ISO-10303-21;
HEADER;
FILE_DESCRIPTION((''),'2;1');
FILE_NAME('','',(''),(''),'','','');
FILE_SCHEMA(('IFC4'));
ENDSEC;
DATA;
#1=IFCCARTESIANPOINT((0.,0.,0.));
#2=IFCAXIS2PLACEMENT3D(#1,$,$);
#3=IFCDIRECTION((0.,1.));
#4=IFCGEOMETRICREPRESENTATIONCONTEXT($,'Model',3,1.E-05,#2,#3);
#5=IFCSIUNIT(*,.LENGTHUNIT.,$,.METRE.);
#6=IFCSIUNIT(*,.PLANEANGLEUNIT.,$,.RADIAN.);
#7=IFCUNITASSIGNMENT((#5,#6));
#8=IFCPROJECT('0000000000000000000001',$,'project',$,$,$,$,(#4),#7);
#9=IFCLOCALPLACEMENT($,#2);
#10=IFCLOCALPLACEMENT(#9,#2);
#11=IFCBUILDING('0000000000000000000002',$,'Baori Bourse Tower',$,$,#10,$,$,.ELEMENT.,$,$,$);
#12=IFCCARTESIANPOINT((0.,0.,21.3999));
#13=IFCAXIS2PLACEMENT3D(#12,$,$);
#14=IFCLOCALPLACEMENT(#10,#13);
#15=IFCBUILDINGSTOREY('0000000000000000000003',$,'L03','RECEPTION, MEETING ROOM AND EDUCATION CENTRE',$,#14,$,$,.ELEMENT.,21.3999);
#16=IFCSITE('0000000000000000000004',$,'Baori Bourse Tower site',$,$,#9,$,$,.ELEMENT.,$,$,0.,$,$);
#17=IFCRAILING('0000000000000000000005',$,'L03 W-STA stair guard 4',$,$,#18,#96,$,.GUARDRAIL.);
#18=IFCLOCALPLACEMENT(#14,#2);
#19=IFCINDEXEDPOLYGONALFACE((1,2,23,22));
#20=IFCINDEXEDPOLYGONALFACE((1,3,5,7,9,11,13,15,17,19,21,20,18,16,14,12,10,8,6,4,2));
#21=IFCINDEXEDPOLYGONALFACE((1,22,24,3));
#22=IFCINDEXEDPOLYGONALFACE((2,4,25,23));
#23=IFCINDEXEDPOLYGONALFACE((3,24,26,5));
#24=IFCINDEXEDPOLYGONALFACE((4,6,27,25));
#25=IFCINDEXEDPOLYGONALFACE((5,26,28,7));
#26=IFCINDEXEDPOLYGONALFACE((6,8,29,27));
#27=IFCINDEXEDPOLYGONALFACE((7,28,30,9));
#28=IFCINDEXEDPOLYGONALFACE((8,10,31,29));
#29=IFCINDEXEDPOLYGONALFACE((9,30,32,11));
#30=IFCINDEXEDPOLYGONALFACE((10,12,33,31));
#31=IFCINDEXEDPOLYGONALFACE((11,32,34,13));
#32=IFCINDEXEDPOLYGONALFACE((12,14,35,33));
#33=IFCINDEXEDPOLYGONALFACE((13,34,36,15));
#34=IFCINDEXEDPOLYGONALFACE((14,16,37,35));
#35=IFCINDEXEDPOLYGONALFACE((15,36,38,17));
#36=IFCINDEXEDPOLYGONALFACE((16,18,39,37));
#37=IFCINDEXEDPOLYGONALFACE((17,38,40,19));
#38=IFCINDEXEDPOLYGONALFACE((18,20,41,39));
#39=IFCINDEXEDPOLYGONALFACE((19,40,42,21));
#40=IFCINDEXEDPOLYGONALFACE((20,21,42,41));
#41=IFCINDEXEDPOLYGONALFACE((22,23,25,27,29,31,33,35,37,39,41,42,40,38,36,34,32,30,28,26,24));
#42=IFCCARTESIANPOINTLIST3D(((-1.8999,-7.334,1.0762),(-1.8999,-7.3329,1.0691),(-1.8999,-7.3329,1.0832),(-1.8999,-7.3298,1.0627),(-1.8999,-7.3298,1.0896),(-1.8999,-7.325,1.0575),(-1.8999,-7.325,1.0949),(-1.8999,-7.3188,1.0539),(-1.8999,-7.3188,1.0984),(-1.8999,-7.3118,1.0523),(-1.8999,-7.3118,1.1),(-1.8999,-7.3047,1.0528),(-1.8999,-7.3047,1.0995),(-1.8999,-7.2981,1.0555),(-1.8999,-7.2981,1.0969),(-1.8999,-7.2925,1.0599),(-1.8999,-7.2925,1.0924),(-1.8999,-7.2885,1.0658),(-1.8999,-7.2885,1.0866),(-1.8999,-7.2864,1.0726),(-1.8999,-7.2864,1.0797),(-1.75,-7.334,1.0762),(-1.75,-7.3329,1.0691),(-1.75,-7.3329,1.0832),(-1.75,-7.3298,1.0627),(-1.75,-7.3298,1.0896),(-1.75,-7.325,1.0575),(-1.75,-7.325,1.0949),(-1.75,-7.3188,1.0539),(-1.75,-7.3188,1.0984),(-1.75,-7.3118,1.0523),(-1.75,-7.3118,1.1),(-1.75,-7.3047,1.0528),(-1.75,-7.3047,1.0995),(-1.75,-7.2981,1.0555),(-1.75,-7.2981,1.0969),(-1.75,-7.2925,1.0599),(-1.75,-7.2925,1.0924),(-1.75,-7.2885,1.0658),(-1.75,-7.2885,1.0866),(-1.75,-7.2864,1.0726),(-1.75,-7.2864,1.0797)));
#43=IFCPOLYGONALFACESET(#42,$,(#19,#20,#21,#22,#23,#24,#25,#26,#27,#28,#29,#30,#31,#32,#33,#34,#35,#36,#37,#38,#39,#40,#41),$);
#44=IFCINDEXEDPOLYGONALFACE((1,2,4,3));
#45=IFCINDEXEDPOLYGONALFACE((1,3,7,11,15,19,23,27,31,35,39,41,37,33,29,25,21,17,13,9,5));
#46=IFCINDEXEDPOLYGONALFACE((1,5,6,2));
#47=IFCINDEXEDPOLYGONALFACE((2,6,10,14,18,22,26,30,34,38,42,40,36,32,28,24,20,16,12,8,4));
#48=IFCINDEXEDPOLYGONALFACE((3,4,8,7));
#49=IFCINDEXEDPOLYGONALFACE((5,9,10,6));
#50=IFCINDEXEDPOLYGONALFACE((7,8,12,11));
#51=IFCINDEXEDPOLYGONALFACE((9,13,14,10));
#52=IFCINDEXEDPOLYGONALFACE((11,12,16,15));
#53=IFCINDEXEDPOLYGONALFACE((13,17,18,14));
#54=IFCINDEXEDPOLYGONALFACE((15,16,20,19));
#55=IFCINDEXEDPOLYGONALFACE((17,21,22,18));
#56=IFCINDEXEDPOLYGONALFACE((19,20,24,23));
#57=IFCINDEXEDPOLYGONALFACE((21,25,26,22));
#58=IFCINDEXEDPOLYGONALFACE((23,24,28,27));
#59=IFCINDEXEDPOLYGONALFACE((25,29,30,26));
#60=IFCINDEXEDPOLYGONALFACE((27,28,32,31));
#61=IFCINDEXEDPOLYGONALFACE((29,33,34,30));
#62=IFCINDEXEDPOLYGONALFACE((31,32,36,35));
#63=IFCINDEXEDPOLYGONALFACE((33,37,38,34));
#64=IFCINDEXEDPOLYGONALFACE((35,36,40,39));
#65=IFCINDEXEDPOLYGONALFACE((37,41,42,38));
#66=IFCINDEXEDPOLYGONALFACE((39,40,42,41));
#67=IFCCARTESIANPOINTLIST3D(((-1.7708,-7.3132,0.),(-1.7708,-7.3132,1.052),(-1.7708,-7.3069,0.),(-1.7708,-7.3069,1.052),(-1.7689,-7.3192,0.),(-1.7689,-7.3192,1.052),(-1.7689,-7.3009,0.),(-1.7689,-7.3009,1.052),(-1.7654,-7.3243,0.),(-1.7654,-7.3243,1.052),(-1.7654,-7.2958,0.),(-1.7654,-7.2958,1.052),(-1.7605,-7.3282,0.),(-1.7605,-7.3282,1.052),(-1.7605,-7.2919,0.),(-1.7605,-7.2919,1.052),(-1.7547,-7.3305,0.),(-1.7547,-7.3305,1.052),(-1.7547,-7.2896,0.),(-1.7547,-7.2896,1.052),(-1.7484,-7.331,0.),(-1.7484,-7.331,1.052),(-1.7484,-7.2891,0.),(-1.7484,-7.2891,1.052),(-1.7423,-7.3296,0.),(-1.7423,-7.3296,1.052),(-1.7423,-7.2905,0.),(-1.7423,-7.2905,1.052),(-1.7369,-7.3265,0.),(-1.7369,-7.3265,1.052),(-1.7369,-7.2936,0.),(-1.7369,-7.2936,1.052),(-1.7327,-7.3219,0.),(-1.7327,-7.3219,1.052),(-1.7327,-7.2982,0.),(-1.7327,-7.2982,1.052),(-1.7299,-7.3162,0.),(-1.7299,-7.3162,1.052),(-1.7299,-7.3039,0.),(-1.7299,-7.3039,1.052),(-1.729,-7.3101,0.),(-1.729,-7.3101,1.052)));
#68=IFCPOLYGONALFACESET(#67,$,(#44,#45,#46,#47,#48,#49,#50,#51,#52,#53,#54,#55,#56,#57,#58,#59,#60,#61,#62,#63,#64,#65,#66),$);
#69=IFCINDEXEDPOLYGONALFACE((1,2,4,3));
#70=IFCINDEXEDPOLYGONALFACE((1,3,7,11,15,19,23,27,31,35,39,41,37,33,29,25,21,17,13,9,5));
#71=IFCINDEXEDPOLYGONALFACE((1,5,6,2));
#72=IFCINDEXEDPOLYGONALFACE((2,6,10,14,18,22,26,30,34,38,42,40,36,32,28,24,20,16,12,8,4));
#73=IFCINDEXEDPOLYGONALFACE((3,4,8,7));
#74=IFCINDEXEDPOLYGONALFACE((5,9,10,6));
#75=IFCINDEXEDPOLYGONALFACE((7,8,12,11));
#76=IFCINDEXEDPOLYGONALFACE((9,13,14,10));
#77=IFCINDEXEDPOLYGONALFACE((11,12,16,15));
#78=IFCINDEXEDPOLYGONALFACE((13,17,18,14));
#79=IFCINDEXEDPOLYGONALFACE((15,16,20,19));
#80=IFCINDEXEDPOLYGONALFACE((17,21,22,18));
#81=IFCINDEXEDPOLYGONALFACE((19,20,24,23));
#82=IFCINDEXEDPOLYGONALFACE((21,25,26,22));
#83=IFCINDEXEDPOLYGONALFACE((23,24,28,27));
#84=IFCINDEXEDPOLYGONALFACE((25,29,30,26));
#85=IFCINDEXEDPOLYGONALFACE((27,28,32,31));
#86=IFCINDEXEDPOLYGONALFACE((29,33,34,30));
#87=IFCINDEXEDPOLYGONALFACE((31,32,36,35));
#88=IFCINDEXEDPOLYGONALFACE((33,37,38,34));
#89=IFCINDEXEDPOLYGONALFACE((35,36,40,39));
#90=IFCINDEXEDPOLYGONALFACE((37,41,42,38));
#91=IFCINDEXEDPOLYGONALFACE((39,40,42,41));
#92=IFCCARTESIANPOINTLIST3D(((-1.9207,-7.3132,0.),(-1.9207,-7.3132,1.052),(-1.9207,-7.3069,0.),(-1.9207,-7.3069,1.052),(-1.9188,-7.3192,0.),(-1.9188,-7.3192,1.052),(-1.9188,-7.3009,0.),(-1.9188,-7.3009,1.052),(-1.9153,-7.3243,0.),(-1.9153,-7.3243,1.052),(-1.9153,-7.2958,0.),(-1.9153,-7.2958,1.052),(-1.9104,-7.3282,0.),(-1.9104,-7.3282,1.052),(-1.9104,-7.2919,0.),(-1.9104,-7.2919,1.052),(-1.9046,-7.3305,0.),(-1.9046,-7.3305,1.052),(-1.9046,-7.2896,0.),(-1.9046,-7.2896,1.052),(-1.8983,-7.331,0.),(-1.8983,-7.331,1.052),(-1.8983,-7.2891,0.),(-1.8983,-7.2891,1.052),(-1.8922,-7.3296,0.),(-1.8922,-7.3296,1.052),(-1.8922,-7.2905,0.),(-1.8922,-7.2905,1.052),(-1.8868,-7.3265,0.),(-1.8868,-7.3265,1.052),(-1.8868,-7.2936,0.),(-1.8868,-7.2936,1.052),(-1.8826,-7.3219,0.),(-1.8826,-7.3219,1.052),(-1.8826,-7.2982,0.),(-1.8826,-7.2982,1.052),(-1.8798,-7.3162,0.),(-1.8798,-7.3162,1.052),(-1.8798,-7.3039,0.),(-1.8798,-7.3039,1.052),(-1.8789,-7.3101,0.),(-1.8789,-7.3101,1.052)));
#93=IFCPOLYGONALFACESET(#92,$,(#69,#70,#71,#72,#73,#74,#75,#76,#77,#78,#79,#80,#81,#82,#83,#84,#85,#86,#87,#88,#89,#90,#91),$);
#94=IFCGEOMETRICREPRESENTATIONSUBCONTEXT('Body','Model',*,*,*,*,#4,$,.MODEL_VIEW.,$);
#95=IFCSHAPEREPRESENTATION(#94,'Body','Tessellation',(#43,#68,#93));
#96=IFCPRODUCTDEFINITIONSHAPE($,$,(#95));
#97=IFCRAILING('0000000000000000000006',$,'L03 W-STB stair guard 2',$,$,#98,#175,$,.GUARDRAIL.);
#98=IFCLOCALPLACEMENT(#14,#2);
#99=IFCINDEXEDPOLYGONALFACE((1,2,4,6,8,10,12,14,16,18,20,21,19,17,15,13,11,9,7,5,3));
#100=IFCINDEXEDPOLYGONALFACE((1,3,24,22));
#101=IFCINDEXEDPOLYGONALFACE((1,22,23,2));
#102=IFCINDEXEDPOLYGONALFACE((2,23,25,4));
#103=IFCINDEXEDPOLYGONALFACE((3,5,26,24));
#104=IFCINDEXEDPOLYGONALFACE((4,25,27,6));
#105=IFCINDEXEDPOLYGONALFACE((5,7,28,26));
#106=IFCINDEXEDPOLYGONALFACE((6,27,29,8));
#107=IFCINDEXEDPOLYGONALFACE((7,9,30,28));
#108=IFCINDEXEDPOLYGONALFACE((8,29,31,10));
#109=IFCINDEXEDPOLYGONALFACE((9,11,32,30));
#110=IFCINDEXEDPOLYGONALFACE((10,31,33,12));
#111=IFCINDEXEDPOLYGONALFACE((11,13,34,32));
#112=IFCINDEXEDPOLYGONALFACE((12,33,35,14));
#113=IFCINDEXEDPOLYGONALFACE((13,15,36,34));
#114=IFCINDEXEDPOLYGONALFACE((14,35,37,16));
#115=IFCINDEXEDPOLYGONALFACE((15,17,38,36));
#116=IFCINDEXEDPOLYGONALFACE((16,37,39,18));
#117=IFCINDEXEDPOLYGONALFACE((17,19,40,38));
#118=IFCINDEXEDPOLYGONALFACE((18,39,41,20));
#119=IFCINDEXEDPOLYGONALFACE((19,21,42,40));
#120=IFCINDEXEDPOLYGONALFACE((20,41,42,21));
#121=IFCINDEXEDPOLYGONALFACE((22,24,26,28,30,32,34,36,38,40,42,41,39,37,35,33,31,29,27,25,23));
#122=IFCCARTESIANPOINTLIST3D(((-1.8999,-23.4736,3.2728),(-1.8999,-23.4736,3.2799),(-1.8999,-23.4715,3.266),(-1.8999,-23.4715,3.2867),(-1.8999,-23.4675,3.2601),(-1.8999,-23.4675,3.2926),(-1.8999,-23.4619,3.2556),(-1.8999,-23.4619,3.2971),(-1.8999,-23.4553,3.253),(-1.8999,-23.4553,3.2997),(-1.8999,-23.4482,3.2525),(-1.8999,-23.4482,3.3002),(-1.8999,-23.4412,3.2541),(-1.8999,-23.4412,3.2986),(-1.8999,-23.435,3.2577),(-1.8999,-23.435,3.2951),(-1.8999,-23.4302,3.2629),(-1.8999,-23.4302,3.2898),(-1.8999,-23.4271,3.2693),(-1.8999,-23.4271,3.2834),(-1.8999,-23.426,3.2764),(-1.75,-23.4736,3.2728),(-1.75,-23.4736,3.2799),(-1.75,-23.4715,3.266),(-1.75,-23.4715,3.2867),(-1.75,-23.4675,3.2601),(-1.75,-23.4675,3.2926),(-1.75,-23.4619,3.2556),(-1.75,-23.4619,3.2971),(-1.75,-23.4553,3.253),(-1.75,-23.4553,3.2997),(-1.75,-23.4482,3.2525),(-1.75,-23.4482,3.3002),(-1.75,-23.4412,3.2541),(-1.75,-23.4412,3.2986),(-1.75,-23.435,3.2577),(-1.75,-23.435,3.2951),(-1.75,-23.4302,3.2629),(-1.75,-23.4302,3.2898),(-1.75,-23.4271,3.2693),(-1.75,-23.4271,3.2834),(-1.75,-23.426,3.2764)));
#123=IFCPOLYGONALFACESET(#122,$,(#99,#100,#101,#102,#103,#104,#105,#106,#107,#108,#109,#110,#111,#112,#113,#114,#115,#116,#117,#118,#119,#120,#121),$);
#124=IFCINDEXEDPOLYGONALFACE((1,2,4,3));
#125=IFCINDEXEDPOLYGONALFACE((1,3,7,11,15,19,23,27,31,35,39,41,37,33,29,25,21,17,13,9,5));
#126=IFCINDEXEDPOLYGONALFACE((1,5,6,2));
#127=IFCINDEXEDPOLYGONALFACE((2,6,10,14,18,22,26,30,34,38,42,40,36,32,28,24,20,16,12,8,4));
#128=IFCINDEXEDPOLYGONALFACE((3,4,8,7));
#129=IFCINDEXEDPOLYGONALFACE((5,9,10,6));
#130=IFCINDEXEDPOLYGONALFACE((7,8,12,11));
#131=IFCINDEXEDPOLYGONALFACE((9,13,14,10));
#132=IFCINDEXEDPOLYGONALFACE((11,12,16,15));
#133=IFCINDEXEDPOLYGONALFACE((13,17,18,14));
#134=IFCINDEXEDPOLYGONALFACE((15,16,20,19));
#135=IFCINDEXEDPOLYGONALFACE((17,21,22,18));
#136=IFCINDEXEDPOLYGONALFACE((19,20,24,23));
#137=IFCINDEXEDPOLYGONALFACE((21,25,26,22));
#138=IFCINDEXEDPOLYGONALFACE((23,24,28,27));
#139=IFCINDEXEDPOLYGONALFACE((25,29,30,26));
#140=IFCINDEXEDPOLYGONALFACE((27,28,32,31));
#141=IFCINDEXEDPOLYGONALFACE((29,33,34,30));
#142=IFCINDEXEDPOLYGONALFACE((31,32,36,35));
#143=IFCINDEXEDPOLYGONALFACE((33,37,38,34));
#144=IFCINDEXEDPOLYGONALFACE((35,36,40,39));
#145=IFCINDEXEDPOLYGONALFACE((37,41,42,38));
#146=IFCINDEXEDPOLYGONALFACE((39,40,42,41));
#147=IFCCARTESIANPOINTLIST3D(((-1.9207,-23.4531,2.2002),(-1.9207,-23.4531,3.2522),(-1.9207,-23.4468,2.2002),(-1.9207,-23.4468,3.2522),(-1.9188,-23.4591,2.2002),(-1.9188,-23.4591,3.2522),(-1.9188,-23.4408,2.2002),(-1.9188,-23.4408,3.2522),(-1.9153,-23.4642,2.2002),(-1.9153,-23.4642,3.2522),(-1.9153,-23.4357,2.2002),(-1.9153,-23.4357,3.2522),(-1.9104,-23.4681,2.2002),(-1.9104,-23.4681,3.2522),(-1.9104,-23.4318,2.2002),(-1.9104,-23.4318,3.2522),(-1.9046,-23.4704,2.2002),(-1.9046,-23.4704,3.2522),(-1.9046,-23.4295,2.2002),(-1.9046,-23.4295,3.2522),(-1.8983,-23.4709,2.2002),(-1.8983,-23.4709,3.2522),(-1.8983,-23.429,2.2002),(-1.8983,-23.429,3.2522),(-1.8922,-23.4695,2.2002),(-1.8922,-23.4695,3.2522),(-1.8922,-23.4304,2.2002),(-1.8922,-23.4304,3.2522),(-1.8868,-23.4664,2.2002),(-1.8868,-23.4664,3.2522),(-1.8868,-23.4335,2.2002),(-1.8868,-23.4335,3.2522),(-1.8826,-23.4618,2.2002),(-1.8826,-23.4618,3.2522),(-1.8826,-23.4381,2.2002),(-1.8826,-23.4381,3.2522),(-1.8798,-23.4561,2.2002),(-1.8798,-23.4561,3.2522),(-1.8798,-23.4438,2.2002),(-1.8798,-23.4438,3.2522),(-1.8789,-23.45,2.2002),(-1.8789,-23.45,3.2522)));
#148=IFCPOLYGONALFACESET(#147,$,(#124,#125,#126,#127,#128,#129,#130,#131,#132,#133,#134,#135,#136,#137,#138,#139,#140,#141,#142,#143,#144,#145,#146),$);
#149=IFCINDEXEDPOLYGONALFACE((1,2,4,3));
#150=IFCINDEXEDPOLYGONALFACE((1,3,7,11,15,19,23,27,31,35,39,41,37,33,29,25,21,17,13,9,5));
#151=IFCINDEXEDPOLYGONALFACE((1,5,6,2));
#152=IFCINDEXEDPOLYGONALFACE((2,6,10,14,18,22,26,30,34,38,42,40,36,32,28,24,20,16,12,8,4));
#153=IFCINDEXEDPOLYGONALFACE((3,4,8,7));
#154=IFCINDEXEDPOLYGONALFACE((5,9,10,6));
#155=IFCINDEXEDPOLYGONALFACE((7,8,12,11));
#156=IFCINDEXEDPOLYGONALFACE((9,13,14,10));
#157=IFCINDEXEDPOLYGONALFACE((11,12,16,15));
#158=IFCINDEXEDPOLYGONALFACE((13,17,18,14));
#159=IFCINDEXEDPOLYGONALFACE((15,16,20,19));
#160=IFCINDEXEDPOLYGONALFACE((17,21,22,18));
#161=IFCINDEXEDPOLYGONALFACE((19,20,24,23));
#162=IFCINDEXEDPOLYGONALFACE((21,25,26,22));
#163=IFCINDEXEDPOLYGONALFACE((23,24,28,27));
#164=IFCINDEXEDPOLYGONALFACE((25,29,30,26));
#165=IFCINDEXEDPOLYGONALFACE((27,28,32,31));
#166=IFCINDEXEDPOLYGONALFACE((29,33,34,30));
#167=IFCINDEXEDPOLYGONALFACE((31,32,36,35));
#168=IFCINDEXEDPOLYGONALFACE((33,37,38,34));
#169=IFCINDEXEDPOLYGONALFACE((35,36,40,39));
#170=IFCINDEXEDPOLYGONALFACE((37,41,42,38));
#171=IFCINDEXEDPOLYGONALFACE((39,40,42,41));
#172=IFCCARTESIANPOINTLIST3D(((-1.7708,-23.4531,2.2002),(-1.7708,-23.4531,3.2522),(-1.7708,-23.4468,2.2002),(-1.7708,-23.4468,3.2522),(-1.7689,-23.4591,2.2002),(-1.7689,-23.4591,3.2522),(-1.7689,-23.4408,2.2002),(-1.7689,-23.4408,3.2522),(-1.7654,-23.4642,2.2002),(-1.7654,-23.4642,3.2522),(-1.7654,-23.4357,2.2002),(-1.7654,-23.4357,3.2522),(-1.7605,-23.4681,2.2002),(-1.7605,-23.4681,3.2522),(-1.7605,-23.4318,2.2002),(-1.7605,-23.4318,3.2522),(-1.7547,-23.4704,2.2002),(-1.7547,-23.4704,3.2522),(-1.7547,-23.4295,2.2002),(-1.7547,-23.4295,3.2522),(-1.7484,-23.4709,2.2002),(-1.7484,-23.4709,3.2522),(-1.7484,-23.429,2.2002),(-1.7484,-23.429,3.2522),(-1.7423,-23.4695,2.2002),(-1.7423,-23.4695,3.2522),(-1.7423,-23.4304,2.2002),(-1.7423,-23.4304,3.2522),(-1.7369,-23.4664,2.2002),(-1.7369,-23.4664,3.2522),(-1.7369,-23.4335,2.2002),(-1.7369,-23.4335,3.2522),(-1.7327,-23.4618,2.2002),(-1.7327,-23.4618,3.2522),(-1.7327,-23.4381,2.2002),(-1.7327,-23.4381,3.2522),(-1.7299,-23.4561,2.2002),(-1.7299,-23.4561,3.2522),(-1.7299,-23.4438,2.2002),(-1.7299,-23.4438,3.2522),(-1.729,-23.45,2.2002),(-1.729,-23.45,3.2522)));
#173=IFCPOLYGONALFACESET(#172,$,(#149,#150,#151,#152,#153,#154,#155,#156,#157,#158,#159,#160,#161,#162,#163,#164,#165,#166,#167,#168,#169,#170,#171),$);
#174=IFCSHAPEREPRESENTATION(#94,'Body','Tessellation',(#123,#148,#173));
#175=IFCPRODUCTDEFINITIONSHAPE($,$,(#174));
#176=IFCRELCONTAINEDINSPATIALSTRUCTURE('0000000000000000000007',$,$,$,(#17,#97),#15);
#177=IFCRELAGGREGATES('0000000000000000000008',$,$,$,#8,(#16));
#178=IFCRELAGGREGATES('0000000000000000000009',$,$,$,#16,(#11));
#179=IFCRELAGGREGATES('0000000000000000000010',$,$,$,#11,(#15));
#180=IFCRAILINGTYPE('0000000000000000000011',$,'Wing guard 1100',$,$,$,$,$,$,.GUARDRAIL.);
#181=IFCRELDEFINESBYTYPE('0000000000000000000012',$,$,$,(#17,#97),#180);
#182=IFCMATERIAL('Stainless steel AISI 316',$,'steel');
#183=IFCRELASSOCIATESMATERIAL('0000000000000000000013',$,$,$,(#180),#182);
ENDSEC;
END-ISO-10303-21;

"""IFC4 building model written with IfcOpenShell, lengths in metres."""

from ifc_helpers import new_model, si_unit, direction, frame, origin, origin_2d, place, context, subcontext, project, spatial, circle, extrude, material, type_object, element, save


model = new_model("IFC4")

# Units and contexts
model_context = context("Model", 3, precision=1e-05, world=origin(), true_north=direction((0.0, 1.0)))
body_context = subcontext(model_context, "Body", "Model", "MODEL_VIEW")
ifc_project = project(units=[si_unit("LENGTHUNIT", "METRE"), si_unit("PLANEANGLEUNIT", "RADIAN")], contexts=[model_context])

# Site, building, storey
site_placement = place(None, origin())
site = spatial("IfcSite", under=ifc_project, at=site_placement, Name="Baori Bourse Tower site", CompositionType="ELEMENT", RefElevation=0.0)
building_placement = place(site_placement, origin())
building = spatial("IfcBuilding", under=site, at=building_placement, Name="Baori Bourse Tower", CompositionType="ELEMENT")
storey_placement = place(building_placement, frame((0.0, 0.0, 21.3999)))
storey = spatial("IfcBuildingStorey", under=building, at=storey_placement, Name="L03", Description="RECEPTION, MEETING ROOM AND EDUCATION CENTRE", CompositionType="ELEMENT", Elevation=21.3999)

# Railings
ifc_material_1 = material(Name="Stainless steel AISI 316", Category="steel")
railing_type_1 = type_object("IfcRailingType", Name="Wing guard 1100", PredefinedType="GUARDRAIL", material=ifc_material_1)
railing_1_placement = place(storey_placement, frame((-1.75, -7.3101, 0.0)))
element("IfcRailing", 1, at=railing_1_placement, inside=storey, type_object=railing_type_1, Name="L03 W-STA stair guard 4", PredefinedType="GUARDRAIL", context=body_context, shape_type="SweptSolid", body=[
    extrude(circle(Radius=0.0239, at=origin_2d()), frame((0.0, 0.0, 1.0762), z_axis=(-1.0, 0.0, 0.0), x_axis=(0.0, -1.0, 0.0)), (0.0, 0.0, 1.0), 0.1499),
    extrude(circle(Radius=0.021, at=origin_2d()), origin(), (0.0, 0.0, 1.0), 1.052),
    extrude(circle(Radius=0.021, at=origin_2d()), frame((-0.1499, 0.0, 0.0)), (0.0, 0.0, 1.0), 1.052),
])
railing_2_placement = place(storey_placement, frame((-1.8999, -23.45, 2.2002)))
element("IfcRailing", 2, at=railing_2_placement, inside=storey, type_object=railing_type_1, Name="L03 W-STB stair guard 2", PredefinedType="GUARDRAIL", context=body_context, shape_type="SweptSolid", body=[
    extrude(circle(Radius=0.0239, at=origin_2d()), frame((0.0, 0.0, 1.0762), z_axis=(1.0, 0.0, 0.0), x_axis=(0.0, 1.0, 0.0)), (0.0, 0.0, 1.0), 0.1499),
    extrude(circle(Radius=0.021, at=origin_2d()), origin(), (0.0, 0.0, 1.0), 1.052),
    extrude(circle(Radius=0.021, at=origin_2d()), frame((0.1499, 0.0, 0.0)), (0.0, 0.0, 1.0), 1.052),
])

save(model, "model.ifc")
